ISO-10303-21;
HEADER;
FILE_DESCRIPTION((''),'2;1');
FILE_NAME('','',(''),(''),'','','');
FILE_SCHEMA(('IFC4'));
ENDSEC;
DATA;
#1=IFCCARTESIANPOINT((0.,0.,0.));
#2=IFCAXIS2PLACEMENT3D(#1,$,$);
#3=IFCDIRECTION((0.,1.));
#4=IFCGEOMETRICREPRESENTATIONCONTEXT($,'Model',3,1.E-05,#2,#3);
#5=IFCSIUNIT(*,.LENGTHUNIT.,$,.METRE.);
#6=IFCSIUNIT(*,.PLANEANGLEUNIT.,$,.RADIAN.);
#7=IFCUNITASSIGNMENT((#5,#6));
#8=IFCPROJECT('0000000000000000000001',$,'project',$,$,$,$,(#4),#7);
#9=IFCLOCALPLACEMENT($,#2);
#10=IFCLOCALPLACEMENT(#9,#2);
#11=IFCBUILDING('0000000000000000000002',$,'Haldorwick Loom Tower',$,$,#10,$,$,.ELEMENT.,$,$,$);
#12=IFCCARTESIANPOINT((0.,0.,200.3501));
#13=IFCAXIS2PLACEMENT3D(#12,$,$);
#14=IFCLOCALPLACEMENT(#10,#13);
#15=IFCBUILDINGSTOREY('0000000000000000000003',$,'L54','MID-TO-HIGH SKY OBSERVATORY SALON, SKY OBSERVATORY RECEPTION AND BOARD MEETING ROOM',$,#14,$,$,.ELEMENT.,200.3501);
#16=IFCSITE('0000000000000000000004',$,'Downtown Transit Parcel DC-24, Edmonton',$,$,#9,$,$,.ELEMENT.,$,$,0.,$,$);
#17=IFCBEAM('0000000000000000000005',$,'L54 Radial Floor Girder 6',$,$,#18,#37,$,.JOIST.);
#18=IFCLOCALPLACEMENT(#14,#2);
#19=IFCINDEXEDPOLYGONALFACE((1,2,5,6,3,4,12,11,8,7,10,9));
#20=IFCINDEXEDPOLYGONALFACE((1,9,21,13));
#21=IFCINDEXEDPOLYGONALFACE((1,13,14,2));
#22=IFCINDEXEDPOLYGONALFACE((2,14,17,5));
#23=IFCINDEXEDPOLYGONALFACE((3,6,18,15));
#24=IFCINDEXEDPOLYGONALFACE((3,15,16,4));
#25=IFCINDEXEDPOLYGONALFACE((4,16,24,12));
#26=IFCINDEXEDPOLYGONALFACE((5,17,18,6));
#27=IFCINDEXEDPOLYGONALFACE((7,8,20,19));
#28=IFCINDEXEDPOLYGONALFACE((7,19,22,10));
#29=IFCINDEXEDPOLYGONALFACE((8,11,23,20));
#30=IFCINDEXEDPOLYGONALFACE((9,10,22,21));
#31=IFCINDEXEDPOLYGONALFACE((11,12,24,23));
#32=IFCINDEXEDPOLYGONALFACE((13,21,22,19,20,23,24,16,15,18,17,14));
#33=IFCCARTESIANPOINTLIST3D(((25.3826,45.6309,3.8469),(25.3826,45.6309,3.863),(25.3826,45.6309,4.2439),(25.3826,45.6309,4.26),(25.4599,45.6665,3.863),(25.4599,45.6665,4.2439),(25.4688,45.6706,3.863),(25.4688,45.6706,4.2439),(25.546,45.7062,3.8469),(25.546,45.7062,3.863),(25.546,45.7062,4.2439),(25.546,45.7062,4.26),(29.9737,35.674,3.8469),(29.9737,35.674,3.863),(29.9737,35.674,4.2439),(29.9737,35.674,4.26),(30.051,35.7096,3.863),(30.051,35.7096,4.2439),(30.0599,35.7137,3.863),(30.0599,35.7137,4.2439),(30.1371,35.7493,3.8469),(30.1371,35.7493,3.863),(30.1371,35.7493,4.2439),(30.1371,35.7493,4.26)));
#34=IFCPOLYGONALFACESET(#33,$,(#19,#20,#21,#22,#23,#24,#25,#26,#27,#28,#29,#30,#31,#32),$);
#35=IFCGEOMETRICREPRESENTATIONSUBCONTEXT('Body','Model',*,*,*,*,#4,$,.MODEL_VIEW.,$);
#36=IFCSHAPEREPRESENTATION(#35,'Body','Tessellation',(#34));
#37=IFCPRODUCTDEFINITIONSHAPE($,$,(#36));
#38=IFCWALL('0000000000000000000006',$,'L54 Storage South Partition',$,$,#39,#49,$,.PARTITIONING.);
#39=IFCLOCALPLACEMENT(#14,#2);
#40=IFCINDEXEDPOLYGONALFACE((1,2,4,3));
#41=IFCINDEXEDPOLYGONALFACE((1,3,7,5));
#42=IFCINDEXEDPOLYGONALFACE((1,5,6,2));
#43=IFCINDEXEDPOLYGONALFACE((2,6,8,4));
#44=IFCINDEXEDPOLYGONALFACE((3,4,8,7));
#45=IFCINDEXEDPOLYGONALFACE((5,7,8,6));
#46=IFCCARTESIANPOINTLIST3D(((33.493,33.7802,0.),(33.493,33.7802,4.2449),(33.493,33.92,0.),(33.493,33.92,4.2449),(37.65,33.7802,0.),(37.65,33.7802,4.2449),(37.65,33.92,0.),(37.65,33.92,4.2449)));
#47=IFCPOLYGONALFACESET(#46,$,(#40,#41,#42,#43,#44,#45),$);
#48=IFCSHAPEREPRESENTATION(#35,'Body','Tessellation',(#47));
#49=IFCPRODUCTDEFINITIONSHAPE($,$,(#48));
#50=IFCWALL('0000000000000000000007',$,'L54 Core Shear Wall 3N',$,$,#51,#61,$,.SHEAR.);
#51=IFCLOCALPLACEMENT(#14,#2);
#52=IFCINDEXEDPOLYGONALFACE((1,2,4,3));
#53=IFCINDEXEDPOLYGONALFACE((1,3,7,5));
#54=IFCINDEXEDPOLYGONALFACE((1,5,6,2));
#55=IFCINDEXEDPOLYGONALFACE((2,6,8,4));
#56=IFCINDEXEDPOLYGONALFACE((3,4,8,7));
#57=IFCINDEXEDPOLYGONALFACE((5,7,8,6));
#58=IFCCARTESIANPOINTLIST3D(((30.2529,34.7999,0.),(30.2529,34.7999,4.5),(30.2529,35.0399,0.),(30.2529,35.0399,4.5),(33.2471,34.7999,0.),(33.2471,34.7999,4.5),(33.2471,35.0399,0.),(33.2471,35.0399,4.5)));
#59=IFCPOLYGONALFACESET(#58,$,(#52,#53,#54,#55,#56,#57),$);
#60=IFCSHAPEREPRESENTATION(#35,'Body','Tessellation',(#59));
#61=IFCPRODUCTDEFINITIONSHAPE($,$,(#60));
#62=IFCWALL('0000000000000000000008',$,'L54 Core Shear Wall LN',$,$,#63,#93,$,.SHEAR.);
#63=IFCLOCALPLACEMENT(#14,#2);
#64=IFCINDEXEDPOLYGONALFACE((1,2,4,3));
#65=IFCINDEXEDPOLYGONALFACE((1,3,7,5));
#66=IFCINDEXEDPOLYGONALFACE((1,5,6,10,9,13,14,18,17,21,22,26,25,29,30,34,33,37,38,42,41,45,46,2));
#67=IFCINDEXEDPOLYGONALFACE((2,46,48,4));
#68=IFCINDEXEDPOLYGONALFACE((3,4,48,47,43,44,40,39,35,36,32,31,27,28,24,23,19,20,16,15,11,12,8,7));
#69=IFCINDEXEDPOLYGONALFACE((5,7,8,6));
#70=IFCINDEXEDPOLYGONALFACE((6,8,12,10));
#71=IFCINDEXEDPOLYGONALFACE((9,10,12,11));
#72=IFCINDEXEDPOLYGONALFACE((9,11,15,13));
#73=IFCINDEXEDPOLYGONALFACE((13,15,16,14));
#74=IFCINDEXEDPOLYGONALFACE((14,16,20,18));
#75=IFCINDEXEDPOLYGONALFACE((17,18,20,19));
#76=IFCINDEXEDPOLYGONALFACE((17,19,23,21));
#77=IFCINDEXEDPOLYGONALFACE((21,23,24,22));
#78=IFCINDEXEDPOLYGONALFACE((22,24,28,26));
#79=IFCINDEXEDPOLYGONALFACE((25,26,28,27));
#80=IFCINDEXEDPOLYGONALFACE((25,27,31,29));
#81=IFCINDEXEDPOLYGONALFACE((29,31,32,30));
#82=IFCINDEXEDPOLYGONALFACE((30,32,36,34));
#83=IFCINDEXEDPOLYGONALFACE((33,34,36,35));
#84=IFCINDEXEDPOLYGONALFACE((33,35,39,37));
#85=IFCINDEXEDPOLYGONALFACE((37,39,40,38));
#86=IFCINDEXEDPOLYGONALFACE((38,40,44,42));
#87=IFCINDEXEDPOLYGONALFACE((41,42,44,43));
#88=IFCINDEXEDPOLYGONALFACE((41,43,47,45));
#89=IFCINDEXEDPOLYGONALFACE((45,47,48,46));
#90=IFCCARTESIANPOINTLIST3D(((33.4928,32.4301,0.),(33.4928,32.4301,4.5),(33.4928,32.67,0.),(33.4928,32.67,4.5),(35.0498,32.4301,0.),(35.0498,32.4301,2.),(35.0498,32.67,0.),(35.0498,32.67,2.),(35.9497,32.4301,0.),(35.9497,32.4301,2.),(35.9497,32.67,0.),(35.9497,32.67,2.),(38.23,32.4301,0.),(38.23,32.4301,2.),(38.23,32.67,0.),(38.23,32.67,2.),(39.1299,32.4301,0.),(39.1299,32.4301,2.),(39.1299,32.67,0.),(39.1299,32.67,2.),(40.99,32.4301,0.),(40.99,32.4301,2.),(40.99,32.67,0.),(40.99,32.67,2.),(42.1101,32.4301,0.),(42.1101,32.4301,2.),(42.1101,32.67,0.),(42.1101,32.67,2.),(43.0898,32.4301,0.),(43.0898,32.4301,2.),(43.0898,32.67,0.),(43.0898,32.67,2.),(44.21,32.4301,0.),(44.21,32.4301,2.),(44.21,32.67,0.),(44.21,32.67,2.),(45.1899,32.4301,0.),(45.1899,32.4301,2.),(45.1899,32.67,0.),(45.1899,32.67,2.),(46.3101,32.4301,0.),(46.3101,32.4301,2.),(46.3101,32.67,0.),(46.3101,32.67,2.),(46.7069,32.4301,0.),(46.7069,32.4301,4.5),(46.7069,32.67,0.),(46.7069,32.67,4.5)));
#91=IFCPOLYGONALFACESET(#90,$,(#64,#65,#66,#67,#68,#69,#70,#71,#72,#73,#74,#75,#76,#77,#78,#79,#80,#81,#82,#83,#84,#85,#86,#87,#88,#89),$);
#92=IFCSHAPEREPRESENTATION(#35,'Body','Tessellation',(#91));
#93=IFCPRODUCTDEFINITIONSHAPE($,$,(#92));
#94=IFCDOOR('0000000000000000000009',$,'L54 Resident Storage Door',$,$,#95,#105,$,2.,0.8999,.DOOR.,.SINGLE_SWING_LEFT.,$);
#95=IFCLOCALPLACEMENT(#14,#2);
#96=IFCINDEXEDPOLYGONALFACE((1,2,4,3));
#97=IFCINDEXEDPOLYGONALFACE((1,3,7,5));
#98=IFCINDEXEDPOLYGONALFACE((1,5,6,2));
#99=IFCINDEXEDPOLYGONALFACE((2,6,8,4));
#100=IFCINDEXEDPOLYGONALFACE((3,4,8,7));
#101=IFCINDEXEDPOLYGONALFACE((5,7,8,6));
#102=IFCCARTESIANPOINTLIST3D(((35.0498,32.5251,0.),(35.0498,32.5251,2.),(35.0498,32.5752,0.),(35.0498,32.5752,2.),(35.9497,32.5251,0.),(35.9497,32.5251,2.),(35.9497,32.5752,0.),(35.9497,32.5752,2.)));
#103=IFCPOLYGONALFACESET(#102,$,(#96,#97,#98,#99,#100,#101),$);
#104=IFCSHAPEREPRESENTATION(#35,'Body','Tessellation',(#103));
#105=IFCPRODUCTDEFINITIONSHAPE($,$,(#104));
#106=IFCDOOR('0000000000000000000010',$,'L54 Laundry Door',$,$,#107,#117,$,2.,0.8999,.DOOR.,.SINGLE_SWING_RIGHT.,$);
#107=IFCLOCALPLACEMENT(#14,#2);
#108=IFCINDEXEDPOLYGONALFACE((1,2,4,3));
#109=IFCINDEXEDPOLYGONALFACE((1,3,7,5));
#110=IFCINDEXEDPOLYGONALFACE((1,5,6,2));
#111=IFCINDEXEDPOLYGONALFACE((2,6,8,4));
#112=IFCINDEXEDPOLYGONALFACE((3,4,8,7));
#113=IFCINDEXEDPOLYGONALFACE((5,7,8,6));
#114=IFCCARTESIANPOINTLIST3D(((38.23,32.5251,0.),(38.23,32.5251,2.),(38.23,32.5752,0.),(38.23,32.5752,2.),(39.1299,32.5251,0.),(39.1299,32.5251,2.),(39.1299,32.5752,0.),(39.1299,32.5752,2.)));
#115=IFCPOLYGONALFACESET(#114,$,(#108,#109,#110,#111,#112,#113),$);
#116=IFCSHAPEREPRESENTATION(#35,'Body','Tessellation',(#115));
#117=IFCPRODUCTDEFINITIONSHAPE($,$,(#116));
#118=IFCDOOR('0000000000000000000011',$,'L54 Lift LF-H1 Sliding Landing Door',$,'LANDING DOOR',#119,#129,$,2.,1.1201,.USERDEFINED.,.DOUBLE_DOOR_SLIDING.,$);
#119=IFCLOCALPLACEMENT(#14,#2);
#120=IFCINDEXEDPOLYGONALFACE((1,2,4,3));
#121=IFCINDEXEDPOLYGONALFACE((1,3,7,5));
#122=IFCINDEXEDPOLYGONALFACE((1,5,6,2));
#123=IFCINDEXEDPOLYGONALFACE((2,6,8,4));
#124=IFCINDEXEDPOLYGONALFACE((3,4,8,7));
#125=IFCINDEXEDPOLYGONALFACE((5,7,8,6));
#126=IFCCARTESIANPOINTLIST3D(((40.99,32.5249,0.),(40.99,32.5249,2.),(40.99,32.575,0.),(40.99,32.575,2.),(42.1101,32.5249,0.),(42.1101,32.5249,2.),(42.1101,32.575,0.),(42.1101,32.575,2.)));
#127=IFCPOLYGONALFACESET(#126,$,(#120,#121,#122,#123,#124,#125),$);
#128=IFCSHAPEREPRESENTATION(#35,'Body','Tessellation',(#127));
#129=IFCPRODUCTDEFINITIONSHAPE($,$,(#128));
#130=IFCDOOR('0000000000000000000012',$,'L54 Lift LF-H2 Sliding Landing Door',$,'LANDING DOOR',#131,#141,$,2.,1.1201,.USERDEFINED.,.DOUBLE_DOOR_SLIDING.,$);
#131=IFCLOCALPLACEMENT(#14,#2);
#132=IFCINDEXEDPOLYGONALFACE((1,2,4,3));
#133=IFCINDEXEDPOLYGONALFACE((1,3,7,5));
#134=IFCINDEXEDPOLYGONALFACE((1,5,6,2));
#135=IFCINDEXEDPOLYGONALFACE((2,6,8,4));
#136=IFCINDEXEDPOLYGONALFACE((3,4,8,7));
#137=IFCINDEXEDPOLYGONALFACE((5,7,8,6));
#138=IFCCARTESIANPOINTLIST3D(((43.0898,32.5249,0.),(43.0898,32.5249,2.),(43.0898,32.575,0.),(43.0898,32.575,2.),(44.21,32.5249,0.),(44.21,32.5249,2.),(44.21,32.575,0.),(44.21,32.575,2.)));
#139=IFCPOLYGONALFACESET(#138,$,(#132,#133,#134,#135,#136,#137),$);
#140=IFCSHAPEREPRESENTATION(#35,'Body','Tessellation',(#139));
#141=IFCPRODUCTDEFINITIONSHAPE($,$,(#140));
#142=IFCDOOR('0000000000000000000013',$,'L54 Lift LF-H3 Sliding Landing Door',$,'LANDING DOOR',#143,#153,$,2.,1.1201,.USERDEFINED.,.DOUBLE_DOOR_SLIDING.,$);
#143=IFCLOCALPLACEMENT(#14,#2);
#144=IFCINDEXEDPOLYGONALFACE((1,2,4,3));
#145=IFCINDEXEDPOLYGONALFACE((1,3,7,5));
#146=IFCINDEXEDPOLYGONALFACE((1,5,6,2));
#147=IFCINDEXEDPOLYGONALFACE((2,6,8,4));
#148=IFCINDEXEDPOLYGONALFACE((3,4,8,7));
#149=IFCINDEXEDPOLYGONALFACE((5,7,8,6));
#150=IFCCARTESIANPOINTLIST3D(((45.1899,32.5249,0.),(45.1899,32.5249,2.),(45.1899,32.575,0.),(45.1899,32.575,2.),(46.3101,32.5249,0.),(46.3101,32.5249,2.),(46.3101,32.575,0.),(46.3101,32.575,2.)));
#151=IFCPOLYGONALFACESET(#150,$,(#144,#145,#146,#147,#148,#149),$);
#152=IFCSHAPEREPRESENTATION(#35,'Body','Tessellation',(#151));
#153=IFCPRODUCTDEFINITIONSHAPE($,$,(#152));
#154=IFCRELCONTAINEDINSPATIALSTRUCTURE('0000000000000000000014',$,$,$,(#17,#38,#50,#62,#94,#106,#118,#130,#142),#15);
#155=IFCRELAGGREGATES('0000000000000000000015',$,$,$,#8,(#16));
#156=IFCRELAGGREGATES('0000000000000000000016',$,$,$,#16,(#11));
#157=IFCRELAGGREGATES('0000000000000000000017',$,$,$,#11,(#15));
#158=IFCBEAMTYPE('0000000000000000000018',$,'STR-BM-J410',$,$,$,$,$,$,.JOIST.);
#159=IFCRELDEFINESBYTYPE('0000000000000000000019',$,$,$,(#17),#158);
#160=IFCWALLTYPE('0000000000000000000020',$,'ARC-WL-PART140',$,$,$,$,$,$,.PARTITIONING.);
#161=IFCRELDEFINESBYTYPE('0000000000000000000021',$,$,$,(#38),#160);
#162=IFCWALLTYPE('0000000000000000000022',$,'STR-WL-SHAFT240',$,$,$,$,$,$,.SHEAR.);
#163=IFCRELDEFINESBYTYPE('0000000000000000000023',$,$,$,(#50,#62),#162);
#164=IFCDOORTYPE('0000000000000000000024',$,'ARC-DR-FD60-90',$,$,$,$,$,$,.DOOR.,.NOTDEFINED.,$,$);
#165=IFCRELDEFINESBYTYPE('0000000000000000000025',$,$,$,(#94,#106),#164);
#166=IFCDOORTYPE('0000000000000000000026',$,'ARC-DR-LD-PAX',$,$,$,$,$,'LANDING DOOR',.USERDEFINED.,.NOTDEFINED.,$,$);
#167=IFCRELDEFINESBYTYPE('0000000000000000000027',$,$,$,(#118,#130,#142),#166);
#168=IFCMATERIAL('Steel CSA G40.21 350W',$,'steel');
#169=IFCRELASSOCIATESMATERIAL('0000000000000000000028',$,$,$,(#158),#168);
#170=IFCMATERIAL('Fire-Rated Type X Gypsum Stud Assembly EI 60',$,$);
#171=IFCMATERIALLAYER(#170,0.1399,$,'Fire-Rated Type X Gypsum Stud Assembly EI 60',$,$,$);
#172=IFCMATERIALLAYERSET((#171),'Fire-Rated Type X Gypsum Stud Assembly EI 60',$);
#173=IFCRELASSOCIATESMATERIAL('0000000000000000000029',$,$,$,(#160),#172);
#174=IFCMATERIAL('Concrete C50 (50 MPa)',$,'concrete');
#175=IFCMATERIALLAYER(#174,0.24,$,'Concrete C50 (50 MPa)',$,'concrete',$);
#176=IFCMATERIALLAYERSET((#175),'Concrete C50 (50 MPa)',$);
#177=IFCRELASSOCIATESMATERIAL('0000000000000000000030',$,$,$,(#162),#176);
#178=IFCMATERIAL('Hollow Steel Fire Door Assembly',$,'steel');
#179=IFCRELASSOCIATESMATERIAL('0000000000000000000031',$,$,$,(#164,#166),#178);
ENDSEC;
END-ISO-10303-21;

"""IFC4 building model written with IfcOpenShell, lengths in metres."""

from ifc_helpers import new_model, si_unit, direction, frame, frame_2d, origin, origin_2d, place, context, subcontext, project, spatial, rectangle, i_section, extrude, material, layer, layer_set, material_profile, profile_set, type_object, element, fill, save


model = new_model("IFC4")

# Units and contexts
model_context = context("Model", 3, precision=1e-05, world=origin(), true_north=direction((0.0, 1.0)))
body_context = subcontext(model_context, "Body", "Model", "MODEL_VIEW")
ifc_project = project(units=[si_unit("LENGTHUNIT", "METRE"), si_unit("PLANEANGLEUNIT", "RADIAN")], contexts=[model_context])

# Site, building, storey
site_placement = place(None, origin())
site = spatial("IfcSite", under=ifc_project, at=site_placement, Name="Downtown Transit Parcel DC-24, Edmonton", CompositionType="ELEMENT", RefElevation=0.0)
building_placement = place(site_placement, origin())
building = spatial("IfcBuilding", under=site, at=building_placement, Name="Haldorwick Loom Tower", CompositionType="ELEMENT")
storey_placement = place(building_placement, frame((0.0, 0.0, 200.3501)))
storey = spatial("IfcBuildingStorey", under=building, at=storey_placement, Name="L54", Description="MID-TO-HIGH SKY OBSERVATORY SALON, SKY OBSERVATORY RECEPTION AND BOARD MEETING ROOM", CompositionType="ELEMENT", Elevation=200.3501)

# Shared definitions
ifc_material_1 = material(Name="Steel CSA G40.21 350W", Category="steel")

# Beam
ifc_material_2 = material(Name="Concrete C50 (50 MPa)", Category="concrete")
ifc_material_profile_1 = material_profile(ifc_material_1, i_section(OverallWidth=0.1799, OverallDepth=0.4131, WebThickness=0.0098, FlangeThickness=0.0161, at=origin_2d()), Name="W410X74", Category="steel")
ifc_profile_set_1 = profile_set([ifc_material_profile_1], Name="Steel CSA G40.21 350W")
beam_type_1 = type_object("IfcBeamType", Name="STR-BM-J410", PredefinedType="JOIST", material=ifc_profile_set_1)
beam_1_placement = place(storey_placement, frame((30.0554, 35.7117, 4.0535), z_axis=(-0.418729, 0.908111, 0.0), x_axis=(-0.908111, -0.418729, 0.0)))
element("IfcBeam", 1, at=beam_1_placement, inside=storey, type_object=beam_type_1, Name="L54 Radial Floor Girder 6", PredefinedType="JOIST", context=body_context, shape_type="SweptSolid", body=[
    extrude(i_section(OverallWidth=0.1799, OverallDepth=0.4131, WebThickness=0.0098, FlangeThickness=0.0161, at=origin_2d()), origin(), (0.0, 0.0, 1.0), 10.9644),
])

# Walls
ifc_material_3 = material(Name="Fire-Rated Type X Gypsum Stud Assembly EI 60")
ifc_layer_1 = layer(ifc_material_3, 0.1399, Name="Fire-Rated Type X Gypsum Stud Assembly EI 60")
ifc_layer_set_1 = layer_set([ifc_layer_1], Name="Fire-Rated Type X Gypsum Stud Assembly EI 60")
wall_type_1 = type_object("IfcWallType", Name="ARC-WL-PART140", PredefinedType="PARTITIONING", material=ifc_layer_set_1)
wall_1_placement = place(storey_placement, frame((33.4929, 33.8501, 0.0), z_axis=(0.0, 0.0, 1.0), x_axis=(1.0, 0.0, 0.0)))
element("IfcWall", 2, at=wall_1_placement, inside=storey, type_object=wall_type_1, Name="L54 Storage South Partition", PredefinedType="PARTITIONING", context=body_context, shape_type="SweptSolid", body=[
    extrude(rectangle(XDim=4.157, YDim=0.1399, at=frame_2d((2.0786, 0.0))), origin(), (0.0, 0.0, 1.0), 4.2449),
])
ifc_layer_2 = layer(ifc_material_2, 0.24, Name="Concrete C50 (50 MPa)", Category="concrete")
ifc_layer_set_2 = layer_set([ifc_layer_2], Name="Concrete C50 (50 MPa)")
wall_type_2 = type_object("IfcWallType", Name="STR-WL-SHAFT240", PredefinedType="SHEAR", material=ifc_layer_set_2)
wall_2_placement = place(storey_placement, frame((30.2529, 34.9199, 0.0), z_axis=(0.0, 0.0, 1.0), x_axis=(1.0, 0.0, 0.0)))
element("IfcWall", 3, at=wall_2_placement, inside=storey, type_object=wall_type_2, Name="L54 Core Shear Wall 3N", PredefinedType="SHEAR", context=body_context, shape_type="SweptSolid", body=[
    extrude(rectangle(XDim=2.9941, YDim=0.24, at=frame_2d((1.4971, 0.0))), origin(), (0.0, 0.0, 1.0), 4.5),
])

# Wall, openings, doors
wall_3_placement = place(storey_placement, frame((33.4929, 32.55, 0.0), z_axis=(0.0, 0.0, 1.0), x_axis=(1.0, 0.0, 0.0)))
wall_3 = element("IfcWall", 4, at=wall_3_placement, inside=storey, type_object=wall_type_2, Name="L54 Core Shear Wall LN", PredefinedType="SHEAR", context=body_context, shape_type="SweptSolid", body=[
    extrude(rectangle(XDim=13.2141, YDim=0.24, at=frame_2d((6.6069, 0.0))), origin(), (0.0, 0.0, 1.0), 4.5),
])
opening_1_placement = place(wall_3_placement, frame((1.5569, 0.0, 0.0)))
opening_1 = element("IfcOpeningElement", 5, at=opening_1_placement, cuts=wall_3, PredefinedType="OPENING", context=body_context, shape_type="SweptSolid", body=[
    extrude(rectangle(XDim=0.8999, YDim=2.0, at=frame_2d((0.45, 1.0))), frame((0.0, 0.1299, 0.0), z_axis=(0.0, -1.0, 0.0), x_axis=(1.0, 0.0, 0.0)), (0.0, 0.0, 1.0), 0.26),
])
opening_2_placement = place(wall_3_placement, frame((4.7371, 0.0, 0.0)))
opening_2 = element("IfcOpeningElement", 6, at=opening_2_placement, cuts=wall_3, PredefinedType="OPENING", context=body_context, shape_type="SweptSolid", body=[
    extrude(rectangle(XDim=0.8999, YDim=2.0, at=frame_2d((0.45, 1.0))), frame((0.0, 0.1299, 0.0), z_axis=(0.0, -1.0, 0.0), x_axis=(1.0, 0.0, 0.0)), (0.0, 0.0, 1.0), 0.26),
])
opening_3_placement = place(wall_3_placement, frame((7.4971, 0.0, 0.0)))
opening_3 = element("IfcOpeningElement", 7, at=opening_3_placement, cuts=wall_3, PredefinedType="OPENING", context=body_context, shape_type="SweptSolid", body=[
    extrude(rectangle(XDim=1.1201, YDim=2.0, at=frame_2d((0.5601, 1.0))), frame((0.0, 0.1299, 0.0), z_axis=(0.0, -1.0, 0.0), x_axis=(1.0, 0.0, 0.0)), (0.0, 0.0, 1.0), 0.26),
])
opening_4_placement = place(wall_3_placement, frame((9.5969, 0.0, 0.0)))
opening_4 = element("IfcOpeningElement", 8, at=opening_4_placement, cuts=wall_3, PredefinedType="OPENING", context=body_context, shape_type="SweptSolid", body=[
    extrude(rectangle(XDim=1.1201, YDim=2.0, at=frame_2d((0.5601, 1.0))), frame((0.0, 0.1299, 0.0), z_axis=(0.0, -1.0, 0.0), x_axis=(1.0, 0.0, 0.0)), (0.0, 0.0, 1.0), 0.26),
])
opening_5_placement = place(wall_3_placement, frame((11.697, 0.0, 0.0)))
opening_5 = element("IfcOpeningElement", 9, at=opening_5_placement, cuts=wall_3, PredefinedType="OPENING", context=body_context, shape_type="SweptSolid", body=[
    extrude(rectangle(XDim=1.1201, YDim=2.0, at=frame_2d((0.5601, 1.0))), frame((0.0, 0.1299, 0.0), z_axis=(0.0, -1.0, 0.0), x_axis=(1.0, 0.0, 0.0)), (0.0, 0.0, 1.0), 0.26),
])
ifc_material_4 = material(Name="Hollow Steel Fire Door Assembly", Category="steel")
door_type_1 = type_object("IfcDoorType", Name="ARC-DR-FD60-90", OperationType="NOTDEFINED", PredefinedType="DOOR", material=ifc_material_4)
door_1_placement = place(opening_1_placement, frame((0.8999, 0.0, 0.0), z_axis=(0.0, 0.0, 1.0), x_axis=(-1.0, 0.0, 0.0)))
door_1 = element("IfcDoor", 10, at=door_1_placement, inside=storey, type_object=door_type_1, Name="L54 Resident Storage Door", OperationType="SINGLE_SWING_LEFT", OverallHeight=2.0, OverallWidth=0.8999, PredefinedType="DOOR", context=body_context, shape_type="SweptSolid", body=[
    extrude(rectangle(XDim=0.8999, YDim=2.0, at=frame_2d((0.45, 1.0))), frame((0.0, 0.0249, 0.0), z_axis=(0.0, -1.0, 0.0), x_axis=(1.0, 0.0, 0.0)), (0.0, 0.0, 1.0), 0.05),
])
fill(opening_1, door_1)
door_2_placement = place(opening_2_placement, frame((0.8999, 0.0, 0.0), z_axis=(0.0, 0.0, 1.0), x_axis=(-1.0, 0.0, 0.0)))
door_2 = element("IfcDoor", 11, at=door_2_placement, inside=storey, type_object=door_type_1, Name="L54 Laundry Door", OperationType="SINGLE_SWING_RIGHT", OverallHeight=2.0, OverallWidth=0.8999, PredefinedType="DOOR", context=body_context, shape_type="SweptSolid", body=[
    extrude(rectangle(XDim=0.8999, YDim=2.0, at=frame_2d((0.45, 1.0))), frame((0.0, 0.0249, 0.0), z_axis=(0.0, -1.0, 0.0), x_axis=(1.0, 0.0, 0.0)), (0.0, 0.0, 1.0), 0.05),
])
fill(opening_2, door_2)
door_type_2 = type_object("IfcDoorType", Name="ARC-DR-LD-PAX", ElementType="LANDING DOOR", OperationType="NOTDEFINED", PredefinedType="USERDEFINED", material=ifc_material_4)
door_3_placement = place(opening_3_placement, origin())
door_3 = element("IfcDoor", 12, at=door_3_placement, inside=storey, type_object=door_type_2, Name="L54 Lift LF-H1 Sliding Landing Door", ObjectType="LANDING DOOR", OperationType="DOUBLE_DOOR_SLIDING", OverallHeight=2.0, OverallWidth=1.1201, PredefinedType="USERDEFINED", context=body_context, shape_type="SweptSolid", body=[
    extrude(rectangle(XDim=1.1201, YDim=2.0, at=frame_2d((0.5601, 1.0))), frame((0.0, 0.0249, 0.0), z_axis=(0.0, -1.0, 0.0), x_axis=(1.0, 0.0, 0.0)), (0.0, 0.0, 1.0), 0.05),
])
fill(opening_3, door_3)
door_4_placement = place(opening_4_placement, origin())
door_4 = element("IfcDoor", 13, at=door_4_placement, inside=storey, type_object=door_type_2, Name="L54 Lift LF-H2 Sliding Landing Door", ObjectType="LANDING DOOR", OperationType="DOUBLE_DOOR_SLIDING", OverallHeight=2.0, OverallWidth=1.1201, PredefinedType="USERDEFINED", context=body_context, shape_type="SweptSolid", body=[
    extrude(rectangle(XDim=1.1201, YDim=2.0, at=frame_2d((0.5601, 1.0))), frame((0.0, 0.0249, 0.0), z_axis=(0.0, -1.0, 0.0), x_axis=(1.0, 0.0, 0.0)), (0.0, 0.0, 1.0), 0.05),
])
fill(opening_4, door_4)
door_5_placement = place(opening_5_placement, origin())
door_5 = element("IfcDoor", 14, at=door_5_placement, inside=storey, type_object=door_type_2, Name="L54 Lift LF-H3 Sliding Landing Door", ObjectType="LANDING DOOR", OperationType="DOUBLE_DOOR_SLIDING", OverallHeight=2.0, OverallWidth=1.1201, PredefinedType="USERDEFINED", context=body_context, shape_type="SweptSolid", body=[
    extrude(rectangle(XDim=1.1201, YDim=2.0, at=frame_2d((0.5601, 1.0))), frame((0.0, 0.0249, 0.0), z_axis=(0.0, -1.0, 0.0), x_axis=(1.0, 0.0, 0.0)), (0.0, 0.0, 1.0), 0.05),
])
fill(opening_5, door_5)

save(model, "model.ifc")
